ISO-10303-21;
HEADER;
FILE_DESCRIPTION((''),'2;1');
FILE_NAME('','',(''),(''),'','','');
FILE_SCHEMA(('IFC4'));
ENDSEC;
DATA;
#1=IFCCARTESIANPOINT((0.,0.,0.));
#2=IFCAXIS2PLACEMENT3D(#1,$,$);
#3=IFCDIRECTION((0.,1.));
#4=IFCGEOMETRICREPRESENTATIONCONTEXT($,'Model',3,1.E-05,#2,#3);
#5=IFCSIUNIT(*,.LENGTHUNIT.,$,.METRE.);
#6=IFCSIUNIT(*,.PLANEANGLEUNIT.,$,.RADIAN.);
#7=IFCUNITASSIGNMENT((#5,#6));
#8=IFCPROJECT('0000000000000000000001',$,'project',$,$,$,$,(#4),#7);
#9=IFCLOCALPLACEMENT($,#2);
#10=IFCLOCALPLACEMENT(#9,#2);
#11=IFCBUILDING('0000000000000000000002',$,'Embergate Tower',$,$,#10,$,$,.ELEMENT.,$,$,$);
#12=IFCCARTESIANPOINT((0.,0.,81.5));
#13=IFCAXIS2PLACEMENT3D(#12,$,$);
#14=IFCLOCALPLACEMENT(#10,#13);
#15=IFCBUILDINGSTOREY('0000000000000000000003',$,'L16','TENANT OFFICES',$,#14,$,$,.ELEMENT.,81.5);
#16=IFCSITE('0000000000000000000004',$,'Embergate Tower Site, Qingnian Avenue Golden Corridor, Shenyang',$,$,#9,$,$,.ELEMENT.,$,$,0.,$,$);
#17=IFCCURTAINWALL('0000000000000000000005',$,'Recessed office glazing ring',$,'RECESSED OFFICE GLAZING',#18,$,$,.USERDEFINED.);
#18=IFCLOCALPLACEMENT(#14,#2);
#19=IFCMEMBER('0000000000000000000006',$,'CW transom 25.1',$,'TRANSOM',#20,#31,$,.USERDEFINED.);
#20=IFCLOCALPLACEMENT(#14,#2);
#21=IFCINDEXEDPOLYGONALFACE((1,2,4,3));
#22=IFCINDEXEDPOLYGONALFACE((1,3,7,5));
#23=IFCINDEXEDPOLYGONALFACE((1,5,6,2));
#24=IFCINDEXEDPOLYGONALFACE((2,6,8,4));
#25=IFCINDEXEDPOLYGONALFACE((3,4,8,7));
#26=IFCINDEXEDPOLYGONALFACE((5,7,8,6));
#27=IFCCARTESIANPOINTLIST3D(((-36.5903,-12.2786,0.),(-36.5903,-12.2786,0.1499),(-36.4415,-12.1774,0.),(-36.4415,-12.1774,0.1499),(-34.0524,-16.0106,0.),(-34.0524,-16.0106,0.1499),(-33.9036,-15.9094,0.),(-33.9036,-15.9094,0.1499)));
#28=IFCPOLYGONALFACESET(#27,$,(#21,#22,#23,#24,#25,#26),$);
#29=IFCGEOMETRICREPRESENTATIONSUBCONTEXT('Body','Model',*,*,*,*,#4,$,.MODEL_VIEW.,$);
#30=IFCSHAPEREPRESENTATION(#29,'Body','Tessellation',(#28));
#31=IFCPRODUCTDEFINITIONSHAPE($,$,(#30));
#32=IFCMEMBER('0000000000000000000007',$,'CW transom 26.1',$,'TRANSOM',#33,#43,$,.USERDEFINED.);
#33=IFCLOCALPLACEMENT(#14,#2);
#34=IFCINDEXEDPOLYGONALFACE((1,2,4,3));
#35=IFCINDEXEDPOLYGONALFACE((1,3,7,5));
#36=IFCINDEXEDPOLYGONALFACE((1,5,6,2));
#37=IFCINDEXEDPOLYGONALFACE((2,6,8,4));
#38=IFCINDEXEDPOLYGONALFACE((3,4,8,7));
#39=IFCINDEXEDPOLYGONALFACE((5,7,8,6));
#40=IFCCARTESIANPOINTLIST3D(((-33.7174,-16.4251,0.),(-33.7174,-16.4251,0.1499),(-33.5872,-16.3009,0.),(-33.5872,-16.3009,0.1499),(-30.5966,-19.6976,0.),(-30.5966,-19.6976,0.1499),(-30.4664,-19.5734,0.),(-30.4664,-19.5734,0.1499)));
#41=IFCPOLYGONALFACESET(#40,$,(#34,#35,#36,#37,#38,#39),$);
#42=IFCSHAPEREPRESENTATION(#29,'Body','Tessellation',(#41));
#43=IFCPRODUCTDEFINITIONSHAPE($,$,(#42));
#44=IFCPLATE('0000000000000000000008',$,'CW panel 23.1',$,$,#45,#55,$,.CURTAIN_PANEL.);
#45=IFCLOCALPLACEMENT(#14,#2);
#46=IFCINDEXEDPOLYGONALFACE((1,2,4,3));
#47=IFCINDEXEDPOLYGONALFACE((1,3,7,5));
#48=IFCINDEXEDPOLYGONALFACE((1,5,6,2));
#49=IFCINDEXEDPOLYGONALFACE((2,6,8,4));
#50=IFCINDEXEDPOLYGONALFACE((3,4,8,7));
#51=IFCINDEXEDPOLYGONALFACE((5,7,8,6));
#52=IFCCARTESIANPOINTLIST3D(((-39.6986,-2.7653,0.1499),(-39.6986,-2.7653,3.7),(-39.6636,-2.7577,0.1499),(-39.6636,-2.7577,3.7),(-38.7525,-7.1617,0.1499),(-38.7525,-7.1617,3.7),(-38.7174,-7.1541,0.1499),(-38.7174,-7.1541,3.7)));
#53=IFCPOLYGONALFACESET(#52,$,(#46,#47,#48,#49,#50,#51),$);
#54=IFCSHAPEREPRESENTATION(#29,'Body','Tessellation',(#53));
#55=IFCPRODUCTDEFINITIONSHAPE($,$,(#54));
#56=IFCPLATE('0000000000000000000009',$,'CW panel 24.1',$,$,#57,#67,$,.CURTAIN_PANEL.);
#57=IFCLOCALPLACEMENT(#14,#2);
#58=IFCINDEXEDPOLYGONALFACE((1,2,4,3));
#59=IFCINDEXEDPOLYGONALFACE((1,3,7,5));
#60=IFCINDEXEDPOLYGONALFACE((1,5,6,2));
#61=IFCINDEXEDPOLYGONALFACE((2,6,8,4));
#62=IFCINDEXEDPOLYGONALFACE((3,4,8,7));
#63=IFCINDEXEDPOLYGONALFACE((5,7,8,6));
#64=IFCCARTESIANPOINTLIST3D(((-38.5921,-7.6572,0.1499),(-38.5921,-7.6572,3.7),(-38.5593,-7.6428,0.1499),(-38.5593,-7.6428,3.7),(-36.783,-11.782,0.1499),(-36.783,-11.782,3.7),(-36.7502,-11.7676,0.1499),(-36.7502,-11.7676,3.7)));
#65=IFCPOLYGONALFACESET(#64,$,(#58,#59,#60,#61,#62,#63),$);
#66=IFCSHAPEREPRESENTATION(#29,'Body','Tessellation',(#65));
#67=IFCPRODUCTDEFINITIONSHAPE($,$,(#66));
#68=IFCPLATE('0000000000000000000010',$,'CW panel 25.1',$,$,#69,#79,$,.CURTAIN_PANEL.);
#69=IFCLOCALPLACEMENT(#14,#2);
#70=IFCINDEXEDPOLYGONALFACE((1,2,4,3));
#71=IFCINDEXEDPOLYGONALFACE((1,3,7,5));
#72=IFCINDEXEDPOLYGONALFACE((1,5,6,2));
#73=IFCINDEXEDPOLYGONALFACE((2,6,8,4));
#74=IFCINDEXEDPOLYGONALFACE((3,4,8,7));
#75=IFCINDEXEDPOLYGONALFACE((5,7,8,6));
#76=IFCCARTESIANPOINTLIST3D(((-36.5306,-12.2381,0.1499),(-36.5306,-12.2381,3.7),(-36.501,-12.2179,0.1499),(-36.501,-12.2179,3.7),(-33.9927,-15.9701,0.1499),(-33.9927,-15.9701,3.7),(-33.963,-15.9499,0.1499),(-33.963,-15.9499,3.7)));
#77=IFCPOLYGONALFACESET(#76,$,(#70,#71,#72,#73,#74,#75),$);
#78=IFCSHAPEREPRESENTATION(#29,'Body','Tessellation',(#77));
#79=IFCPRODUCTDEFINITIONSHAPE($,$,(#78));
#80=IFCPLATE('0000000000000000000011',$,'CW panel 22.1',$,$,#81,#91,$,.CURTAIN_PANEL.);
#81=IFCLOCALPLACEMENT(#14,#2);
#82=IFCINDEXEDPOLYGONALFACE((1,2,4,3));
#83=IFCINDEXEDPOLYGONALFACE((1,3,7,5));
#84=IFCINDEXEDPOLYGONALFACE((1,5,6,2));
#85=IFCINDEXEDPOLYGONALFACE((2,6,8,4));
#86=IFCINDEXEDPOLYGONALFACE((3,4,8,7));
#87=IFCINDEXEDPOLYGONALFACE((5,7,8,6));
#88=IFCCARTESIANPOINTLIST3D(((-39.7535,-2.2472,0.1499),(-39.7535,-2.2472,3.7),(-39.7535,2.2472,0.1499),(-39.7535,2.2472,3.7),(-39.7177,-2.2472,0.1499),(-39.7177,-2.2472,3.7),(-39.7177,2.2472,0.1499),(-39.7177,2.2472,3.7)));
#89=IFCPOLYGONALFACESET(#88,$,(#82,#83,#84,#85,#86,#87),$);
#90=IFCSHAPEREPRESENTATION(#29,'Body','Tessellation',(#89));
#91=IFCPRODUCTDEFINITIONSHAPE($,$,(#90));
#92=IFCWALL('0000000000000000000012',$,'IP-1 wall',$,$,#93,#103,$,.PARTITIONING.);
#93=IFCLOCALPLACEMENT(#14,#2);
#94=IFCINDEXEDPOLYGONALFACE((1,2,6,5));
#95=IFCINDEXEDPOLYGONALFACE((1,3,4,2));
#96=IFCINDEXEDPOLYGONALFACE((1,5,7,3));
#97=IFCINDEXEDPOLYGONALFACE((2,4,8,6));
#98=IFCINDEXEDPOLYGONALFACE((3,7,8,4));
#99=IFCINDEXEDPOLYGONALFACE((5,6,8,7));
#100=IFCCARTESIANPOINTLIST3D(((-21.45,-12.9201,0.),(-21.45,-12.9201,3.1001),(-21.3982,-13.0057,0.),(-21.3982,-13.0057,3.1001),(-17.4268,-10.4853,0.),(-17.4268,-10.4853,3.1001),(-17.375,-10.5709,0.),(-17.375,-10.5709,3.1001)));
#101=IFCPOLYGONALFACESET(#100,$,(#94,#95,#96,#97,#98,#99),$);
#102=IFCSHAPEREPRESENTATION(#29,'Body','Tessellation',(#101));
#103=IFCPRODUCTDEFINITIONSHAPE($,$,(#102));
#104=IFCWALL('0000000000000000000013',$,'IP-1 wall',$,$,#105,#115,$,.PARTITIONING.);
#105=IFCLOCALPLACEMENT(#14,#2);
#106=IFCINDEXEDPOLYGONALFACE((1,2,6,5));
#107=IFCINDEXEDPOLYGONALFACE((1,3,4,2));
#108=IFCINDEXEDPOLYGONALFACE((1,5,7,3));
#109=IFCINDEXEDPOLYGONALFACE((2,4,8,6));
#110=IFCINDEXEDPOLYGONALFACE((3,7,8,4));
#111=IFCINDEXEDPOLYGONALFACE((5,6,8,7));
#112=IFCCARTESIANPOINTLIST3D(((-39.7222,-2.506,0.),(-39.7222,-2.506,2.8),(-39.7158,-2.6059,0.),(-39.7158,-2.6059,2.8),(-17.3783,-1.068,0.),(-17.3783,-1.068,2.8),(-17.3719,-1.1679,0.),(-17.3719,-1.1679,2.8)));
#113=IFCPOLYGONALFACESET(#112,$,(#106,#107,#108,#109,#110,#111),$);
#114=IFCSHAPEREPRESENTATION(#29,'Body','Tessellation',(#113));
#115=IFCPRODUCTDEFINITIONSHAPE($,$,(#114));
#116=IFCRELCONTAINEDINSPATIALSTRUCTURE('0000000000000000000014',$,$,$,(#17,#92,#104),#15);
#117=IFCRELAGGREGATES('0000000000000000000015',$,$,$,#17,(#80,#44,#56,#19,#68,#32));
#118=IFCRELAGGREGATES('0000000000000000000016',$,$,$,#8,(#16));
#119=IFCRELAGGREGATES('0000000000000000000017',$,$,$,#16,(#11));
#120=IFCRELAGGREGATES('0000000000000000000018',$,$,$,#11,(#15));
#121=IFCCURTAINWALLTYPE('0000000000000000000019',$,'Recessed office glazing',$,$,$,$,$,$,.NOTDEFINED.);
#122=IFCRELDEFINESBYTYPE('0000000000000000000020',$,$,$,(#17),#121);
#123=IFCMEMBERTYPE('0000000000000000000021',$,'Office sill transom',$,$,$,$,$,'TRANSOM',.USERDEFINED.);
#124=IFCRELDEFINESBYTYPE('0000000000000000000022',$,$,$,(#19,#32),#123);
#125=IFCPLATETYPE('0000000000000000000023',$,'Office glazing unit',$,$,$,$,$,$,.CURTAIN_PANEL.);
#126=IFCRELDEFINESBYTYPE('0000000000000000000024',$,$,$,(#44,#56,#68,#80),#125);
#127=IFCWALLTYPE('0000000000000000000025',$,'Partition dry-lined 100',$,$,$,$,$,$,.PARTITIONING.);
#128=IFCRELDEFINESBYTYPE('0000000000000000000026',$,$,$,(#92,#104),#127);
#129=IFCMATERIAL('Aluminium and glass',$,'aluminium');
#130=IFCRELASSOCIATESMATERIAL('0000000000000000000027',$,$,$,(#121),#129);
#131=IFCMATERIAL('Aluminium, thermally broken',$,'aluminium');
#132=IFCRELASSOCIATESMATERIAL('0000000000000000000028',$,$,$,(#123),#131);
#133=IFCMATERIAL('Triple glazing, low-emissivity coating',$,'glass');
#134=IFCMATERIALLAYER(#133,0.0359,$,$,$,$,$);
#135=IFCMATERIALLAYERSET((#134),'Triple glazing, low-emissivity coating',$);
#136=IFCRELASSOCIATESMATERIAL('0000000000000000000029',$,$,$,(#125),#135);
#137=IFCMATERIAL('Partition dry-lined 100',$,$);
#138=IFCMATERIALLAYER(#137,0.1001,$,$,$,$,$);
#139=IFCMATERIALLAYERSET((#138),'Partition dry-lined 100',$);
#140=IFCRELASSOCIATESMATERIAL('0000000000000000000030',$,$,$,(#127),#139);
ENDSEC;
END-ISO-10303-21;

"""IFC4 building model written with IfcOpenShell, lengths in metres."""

from ifc_helpers import new_model, si_unit, direction, frame, frame_2d, origin, origin_2d, place, context, subcontext, project, spatial, rectangle, extrude, source, transform, mapped, material, layer, layer_set, material_profile, profile_set, type_object, element, aggregate, save


model = new_model("IFC4")

# Units and contexts
model_context = context("Model", 3, precision=1e-05, world=origin(), true_north=direction((0.0, 1.0)))
body_context = subcontext(model_context, "Body", "Model", "MODEL_VIEW")
ifc_project = project(units=[si_unit("LENGTHUNIT", "METRE"), si_unit("PLANEANGLEUNIT", "RADIAN")], contexts=[model_context])

# Site, building, storey
site_placement = place(None, origin())
site = spatial("IfcSite", under=ifc_project, at=site_placement, Name="Embergate Tower Site, Qingnian Avenue Golden Corridor, Shenyang", CompositionType="ELEMENT", RefElevation=0.0)
building_placement = place(site_placement, origin())
building = spatial("IfcBuilding", under=site, at=building_placement, Name="Embergate Tower", CompositionType="ELEMENT")
storey_placement = place(building_placement, frame((0.0, 0.0, 81.5)))
storey = spatial("IfcBuildingStorey", under=building, at=storey_placement, Name="L16", Description="TENANT OFFICES", CompositionType="ELEMENT", Elevation=81.5)

# Curtain wall, members, plates
ifc_material_1 = material(Name="Aluminium and glass", Category="aluminium")
curtain_wall_type = type_object("IfcCurtainWallType", Name="Recessed office glazing", PredefinedType="NOTDEFINED", material=ifc_material_1)
curtain_wall_placement = place(storey_placement, origin())
curtain_wall = element("IfcCurtainWall", 1, at=curtain_wall_placement, inside=storey, type_object=curtain_wall_type, Name="Recessed office glazing ring", ObjectType="RECESSED OFFICE GLAZING", PredefinedType="USERDEFINED")
ifc_material_2 = material(Name="Aluminium, thermally broken", Category="aluminium")
ifc_material_profile_1 = material_profile(ifc_material_2, rectangle(XDim=0.1799, YDim=0.1499, at=origin_2d()), Name="AL 150x180")
ifc_profile_set_1 = profile_set([ifc_material_profile_1], Name="Aluminium, thermally broken")
member_type_1 = type_object("IfcMemberType", Name="Office sill transom", ElementType="TRANSOM", PredefinedType="USERDEFINED", material=ifc_profile_set_1)
shared_shape_1 = source(origin(), body_context, "Body", "SweptSolid", [
    extrude(rectangle(XDim=0.1799, YDim=0.1499, at=origin_2d()), origin(), (0.0, 0.0, 1.0), 4.5132),
])
member_1_placement = place(storey_placement, frame((-36.5159, -12.228, 0.075), z_axis=(0.562329, -0.826913, 0.0), x_axis=(0.826913, 0.562329, 0.0)))
member_1 = element("IfcMember", 2, at=member_1_placement, type_object=member_type_1, Name="CW transom 25.1", ObjectType="TRANSOM", PredefinedType="USERDEFINED", context=body_context, shape_type="MappedRepresentation", body=[
    mapped(shared_shape_1, transform((0.0, 0.0, 0.0))),
])
shared_shape_2 = source(origin(), body_context, "Body", "SweptSolid", [
    extrude(rectangle(XDim=0.1799, YDim=0.1499, at=origin_2d()), origin(), (0.0, 0.0, 1.0), 4.522),
])
member_2_placement = place(storey_placement, frame((-33.6523, -16.363, 0.075), z_axis=(0.690144, -0.723672, 0.0), x_axis=(0.723672, 0.690144, 0.0)))
member_2 = element("IfcMember", 3, at=member_2_placement, type_object=member_type_1, Name="CW transom 26.1", ObjectType="TRANSOM", PredefinedType="USERDEFINED", context=body_context, shape_type="MappedRepresentation", body=[
    mapped(shared_shape_2, transform((0.0, 0.0, 0.0))),
])
ifc_material_3 = material(Name="Triple glazing, low-emissivity coating", Category="glass")
ifc_layer_1 = layer(ifc_material_3, 0.0359)
ifc_layer_set_1 = layer_set([ifc_layer_1], Name="Triple glazing, low-emissivity coating")
plate_type = type_object("IfcPlateType", Name="Office glazing unit", PredefinedType="CURTAIN_PANEL", material=ifc_layer_set_1)
shared_shape_3 = source(origin(), body_context, "Body", "SweptSolid", [
    extrude(rectangle(XDim=4.4971, YDim=0.0359, at=origin_2d()), origin(), (0.0, 0.0, 1.0), 3.55),
])
plate_1_placement = place(storey_placement, frame((-39.208, -4.9597, 0.1499), z_axis=(0.0, 0.0, 1.0), x_axis=(0.210398, -0.977616, 0.0)))
plate_1 = element("IfcPlate", 4, at=plate_1_placement, type_object=plate_type, Name="CW panel 23.1", PredefinedType="CURTAIN_PANEL", context=body_context, shape_type="MappedRepresentation", body=[
    mapped(shared_shape_3, transform((0.0, 0.0, 0.0))),
])
shared_shape_4 = source(origin(), body_context, "Body", "SweptSolid", [
    extrude(rectangle(XDim=4.5042, YDim=0.0359, at=origin_2d()), origin(), (0.0, 0.0, 1.0), 3.55),
])
plate_2_placement = place(storey_placement, frame((-37.6711, -9.7124, 0.1499), z_axis=(0.0, 0.0, 1.0), x_axis=(0.401652, -0.915792, 0.0)))
plate_2 = element("IfcPlate", 5, at=plate_2_placement, type_object=plate_type, Name="CW panel 24.1", PredefinedType="CURTAIN_PANEL", context=body_context, shape_type="MappedRepresentation", body=[
    mapped(shared_shape_4, transform((0.0, 0.0, 0.0))),
])
shared_shape_5 = source(origin(), body_context, "Body", "SweptSolid", [
    extrude(rectangle(XDim=4.5132, YDim=0.0359, at=origin_2d()), origin(), (0.0, 0.0, 1.0), 3.55),
])
plate_3_placement = place(storey_placement, frame((-35.2468, -14.094, 0.1499), z_axis=(0.0, 0.0, 1.0), x_axis=(0.562343, -0.826904, 0.0)))
plate_3 = element("IfcPlate", 6, at=plate_3_placement, type_object=plate_type, Name="CW panel 25.1", PredefinedType="CURTAIN_PANEL", context=body_context, shape_type="MappedRepresentation", body=[
    mapped(shared_shape_5, transform((0.0, 0.0, 0.0))),
])
shared_shape_6 = source(origin(), body_context, "Body", "SweptSolid", [
    extrude(rectangle(XDim=4.4944, YDim=0.0359, at=origin_2d()), origin(), (0.0, 0.0, 1.0), 3.55),
])
plate_4_placement = place(storey_placement, frame((-39.7356, 0.0, 0.1499), z_axis=(0.0, 0.0, 1.0), x_axis=(0.0, -1.0, 0.0)))
plate_4 = element("IfcPlate", 7, at=plate_4_placement, type_object=plate_type, Name="CW panel 22.1", PredefinedType="CURTAIN_PANEL", context=body_context, shape_type="MappedRepresentation", body=[
    mapped(shared_shape_6, transform((0.0, 0.0, 0.0))),
])
aggregate(curtain_wall, [plate_4, plate_1, plate_2, member_1, plate_3, member_2])

# Walls
ifc_material_4 = material(Name="Partition dry-lined 100")
ifc_layer_2 = layer(ifc_material_4, 0.1001)
ifc_layer_set_2 = layer_set([ifc_layer_2], Name="Partition dry-lined 100")
wall_type = type_object("IfcWallType", Name="Partition dry-lined 100", PredefinedType="PARTITIONING", material=ifc_layer_set_2)
shared_shape_7 = source(origin(), body_context, "Body", "SweptSolid", [
    extrude(rectangle(XDim=4.7026, YDim=0.1001, at=frame_2d((2.3513, 0.0))), origin(), (0.0, 0.0, 1.0), 3.1001),
])
wall_1_placement = place(storey_placement, frame((-17.4009, -10.5281, 0.0), z_axis=(0.0, 0.0, 1.0), x_axis=(-0.855526, -0.51776, 0.0)))
element("IfcWall", 8, at=wall_1_placement, inside=storey, type_object=wall_type, Name="IP-1 wall", PredefinedType="PARTITIONING", context=body_context, shape_type="MappedRepresentation", body=[
    mapped(shared_shape_7, transform((0.0, 0.0, 0.0))),
])
shared_shape_8 = source(origin(), body_context, "Body", "SweptSolid", [
    extrude(rectangle(XDim=22.3901, YDim=0.1001, at=frame_2d((11.1951, 0.0))), origin(), (0.0, 0.0, 1.0), 2.8),
])
wall_2_placement = place(storey_placement, frame((-39.719, -2.5559, 0.0), z_axis=(0.0, 0.0, 1.0), x_axis=(0.997936, 0.064224, 0.0)))
element("IfcWall", 9, at=wall_2_placement, inside=storey, type_object=wall_type, Name="IP-1 wall", PredefinedType="PARTITIONING", context=body_context, shape_type="MappedRepresentation", body=[
    mapped(shared_shape_8, transform((0.0, 0.0, 0.0))),
])

save(model, "model.ifc")
